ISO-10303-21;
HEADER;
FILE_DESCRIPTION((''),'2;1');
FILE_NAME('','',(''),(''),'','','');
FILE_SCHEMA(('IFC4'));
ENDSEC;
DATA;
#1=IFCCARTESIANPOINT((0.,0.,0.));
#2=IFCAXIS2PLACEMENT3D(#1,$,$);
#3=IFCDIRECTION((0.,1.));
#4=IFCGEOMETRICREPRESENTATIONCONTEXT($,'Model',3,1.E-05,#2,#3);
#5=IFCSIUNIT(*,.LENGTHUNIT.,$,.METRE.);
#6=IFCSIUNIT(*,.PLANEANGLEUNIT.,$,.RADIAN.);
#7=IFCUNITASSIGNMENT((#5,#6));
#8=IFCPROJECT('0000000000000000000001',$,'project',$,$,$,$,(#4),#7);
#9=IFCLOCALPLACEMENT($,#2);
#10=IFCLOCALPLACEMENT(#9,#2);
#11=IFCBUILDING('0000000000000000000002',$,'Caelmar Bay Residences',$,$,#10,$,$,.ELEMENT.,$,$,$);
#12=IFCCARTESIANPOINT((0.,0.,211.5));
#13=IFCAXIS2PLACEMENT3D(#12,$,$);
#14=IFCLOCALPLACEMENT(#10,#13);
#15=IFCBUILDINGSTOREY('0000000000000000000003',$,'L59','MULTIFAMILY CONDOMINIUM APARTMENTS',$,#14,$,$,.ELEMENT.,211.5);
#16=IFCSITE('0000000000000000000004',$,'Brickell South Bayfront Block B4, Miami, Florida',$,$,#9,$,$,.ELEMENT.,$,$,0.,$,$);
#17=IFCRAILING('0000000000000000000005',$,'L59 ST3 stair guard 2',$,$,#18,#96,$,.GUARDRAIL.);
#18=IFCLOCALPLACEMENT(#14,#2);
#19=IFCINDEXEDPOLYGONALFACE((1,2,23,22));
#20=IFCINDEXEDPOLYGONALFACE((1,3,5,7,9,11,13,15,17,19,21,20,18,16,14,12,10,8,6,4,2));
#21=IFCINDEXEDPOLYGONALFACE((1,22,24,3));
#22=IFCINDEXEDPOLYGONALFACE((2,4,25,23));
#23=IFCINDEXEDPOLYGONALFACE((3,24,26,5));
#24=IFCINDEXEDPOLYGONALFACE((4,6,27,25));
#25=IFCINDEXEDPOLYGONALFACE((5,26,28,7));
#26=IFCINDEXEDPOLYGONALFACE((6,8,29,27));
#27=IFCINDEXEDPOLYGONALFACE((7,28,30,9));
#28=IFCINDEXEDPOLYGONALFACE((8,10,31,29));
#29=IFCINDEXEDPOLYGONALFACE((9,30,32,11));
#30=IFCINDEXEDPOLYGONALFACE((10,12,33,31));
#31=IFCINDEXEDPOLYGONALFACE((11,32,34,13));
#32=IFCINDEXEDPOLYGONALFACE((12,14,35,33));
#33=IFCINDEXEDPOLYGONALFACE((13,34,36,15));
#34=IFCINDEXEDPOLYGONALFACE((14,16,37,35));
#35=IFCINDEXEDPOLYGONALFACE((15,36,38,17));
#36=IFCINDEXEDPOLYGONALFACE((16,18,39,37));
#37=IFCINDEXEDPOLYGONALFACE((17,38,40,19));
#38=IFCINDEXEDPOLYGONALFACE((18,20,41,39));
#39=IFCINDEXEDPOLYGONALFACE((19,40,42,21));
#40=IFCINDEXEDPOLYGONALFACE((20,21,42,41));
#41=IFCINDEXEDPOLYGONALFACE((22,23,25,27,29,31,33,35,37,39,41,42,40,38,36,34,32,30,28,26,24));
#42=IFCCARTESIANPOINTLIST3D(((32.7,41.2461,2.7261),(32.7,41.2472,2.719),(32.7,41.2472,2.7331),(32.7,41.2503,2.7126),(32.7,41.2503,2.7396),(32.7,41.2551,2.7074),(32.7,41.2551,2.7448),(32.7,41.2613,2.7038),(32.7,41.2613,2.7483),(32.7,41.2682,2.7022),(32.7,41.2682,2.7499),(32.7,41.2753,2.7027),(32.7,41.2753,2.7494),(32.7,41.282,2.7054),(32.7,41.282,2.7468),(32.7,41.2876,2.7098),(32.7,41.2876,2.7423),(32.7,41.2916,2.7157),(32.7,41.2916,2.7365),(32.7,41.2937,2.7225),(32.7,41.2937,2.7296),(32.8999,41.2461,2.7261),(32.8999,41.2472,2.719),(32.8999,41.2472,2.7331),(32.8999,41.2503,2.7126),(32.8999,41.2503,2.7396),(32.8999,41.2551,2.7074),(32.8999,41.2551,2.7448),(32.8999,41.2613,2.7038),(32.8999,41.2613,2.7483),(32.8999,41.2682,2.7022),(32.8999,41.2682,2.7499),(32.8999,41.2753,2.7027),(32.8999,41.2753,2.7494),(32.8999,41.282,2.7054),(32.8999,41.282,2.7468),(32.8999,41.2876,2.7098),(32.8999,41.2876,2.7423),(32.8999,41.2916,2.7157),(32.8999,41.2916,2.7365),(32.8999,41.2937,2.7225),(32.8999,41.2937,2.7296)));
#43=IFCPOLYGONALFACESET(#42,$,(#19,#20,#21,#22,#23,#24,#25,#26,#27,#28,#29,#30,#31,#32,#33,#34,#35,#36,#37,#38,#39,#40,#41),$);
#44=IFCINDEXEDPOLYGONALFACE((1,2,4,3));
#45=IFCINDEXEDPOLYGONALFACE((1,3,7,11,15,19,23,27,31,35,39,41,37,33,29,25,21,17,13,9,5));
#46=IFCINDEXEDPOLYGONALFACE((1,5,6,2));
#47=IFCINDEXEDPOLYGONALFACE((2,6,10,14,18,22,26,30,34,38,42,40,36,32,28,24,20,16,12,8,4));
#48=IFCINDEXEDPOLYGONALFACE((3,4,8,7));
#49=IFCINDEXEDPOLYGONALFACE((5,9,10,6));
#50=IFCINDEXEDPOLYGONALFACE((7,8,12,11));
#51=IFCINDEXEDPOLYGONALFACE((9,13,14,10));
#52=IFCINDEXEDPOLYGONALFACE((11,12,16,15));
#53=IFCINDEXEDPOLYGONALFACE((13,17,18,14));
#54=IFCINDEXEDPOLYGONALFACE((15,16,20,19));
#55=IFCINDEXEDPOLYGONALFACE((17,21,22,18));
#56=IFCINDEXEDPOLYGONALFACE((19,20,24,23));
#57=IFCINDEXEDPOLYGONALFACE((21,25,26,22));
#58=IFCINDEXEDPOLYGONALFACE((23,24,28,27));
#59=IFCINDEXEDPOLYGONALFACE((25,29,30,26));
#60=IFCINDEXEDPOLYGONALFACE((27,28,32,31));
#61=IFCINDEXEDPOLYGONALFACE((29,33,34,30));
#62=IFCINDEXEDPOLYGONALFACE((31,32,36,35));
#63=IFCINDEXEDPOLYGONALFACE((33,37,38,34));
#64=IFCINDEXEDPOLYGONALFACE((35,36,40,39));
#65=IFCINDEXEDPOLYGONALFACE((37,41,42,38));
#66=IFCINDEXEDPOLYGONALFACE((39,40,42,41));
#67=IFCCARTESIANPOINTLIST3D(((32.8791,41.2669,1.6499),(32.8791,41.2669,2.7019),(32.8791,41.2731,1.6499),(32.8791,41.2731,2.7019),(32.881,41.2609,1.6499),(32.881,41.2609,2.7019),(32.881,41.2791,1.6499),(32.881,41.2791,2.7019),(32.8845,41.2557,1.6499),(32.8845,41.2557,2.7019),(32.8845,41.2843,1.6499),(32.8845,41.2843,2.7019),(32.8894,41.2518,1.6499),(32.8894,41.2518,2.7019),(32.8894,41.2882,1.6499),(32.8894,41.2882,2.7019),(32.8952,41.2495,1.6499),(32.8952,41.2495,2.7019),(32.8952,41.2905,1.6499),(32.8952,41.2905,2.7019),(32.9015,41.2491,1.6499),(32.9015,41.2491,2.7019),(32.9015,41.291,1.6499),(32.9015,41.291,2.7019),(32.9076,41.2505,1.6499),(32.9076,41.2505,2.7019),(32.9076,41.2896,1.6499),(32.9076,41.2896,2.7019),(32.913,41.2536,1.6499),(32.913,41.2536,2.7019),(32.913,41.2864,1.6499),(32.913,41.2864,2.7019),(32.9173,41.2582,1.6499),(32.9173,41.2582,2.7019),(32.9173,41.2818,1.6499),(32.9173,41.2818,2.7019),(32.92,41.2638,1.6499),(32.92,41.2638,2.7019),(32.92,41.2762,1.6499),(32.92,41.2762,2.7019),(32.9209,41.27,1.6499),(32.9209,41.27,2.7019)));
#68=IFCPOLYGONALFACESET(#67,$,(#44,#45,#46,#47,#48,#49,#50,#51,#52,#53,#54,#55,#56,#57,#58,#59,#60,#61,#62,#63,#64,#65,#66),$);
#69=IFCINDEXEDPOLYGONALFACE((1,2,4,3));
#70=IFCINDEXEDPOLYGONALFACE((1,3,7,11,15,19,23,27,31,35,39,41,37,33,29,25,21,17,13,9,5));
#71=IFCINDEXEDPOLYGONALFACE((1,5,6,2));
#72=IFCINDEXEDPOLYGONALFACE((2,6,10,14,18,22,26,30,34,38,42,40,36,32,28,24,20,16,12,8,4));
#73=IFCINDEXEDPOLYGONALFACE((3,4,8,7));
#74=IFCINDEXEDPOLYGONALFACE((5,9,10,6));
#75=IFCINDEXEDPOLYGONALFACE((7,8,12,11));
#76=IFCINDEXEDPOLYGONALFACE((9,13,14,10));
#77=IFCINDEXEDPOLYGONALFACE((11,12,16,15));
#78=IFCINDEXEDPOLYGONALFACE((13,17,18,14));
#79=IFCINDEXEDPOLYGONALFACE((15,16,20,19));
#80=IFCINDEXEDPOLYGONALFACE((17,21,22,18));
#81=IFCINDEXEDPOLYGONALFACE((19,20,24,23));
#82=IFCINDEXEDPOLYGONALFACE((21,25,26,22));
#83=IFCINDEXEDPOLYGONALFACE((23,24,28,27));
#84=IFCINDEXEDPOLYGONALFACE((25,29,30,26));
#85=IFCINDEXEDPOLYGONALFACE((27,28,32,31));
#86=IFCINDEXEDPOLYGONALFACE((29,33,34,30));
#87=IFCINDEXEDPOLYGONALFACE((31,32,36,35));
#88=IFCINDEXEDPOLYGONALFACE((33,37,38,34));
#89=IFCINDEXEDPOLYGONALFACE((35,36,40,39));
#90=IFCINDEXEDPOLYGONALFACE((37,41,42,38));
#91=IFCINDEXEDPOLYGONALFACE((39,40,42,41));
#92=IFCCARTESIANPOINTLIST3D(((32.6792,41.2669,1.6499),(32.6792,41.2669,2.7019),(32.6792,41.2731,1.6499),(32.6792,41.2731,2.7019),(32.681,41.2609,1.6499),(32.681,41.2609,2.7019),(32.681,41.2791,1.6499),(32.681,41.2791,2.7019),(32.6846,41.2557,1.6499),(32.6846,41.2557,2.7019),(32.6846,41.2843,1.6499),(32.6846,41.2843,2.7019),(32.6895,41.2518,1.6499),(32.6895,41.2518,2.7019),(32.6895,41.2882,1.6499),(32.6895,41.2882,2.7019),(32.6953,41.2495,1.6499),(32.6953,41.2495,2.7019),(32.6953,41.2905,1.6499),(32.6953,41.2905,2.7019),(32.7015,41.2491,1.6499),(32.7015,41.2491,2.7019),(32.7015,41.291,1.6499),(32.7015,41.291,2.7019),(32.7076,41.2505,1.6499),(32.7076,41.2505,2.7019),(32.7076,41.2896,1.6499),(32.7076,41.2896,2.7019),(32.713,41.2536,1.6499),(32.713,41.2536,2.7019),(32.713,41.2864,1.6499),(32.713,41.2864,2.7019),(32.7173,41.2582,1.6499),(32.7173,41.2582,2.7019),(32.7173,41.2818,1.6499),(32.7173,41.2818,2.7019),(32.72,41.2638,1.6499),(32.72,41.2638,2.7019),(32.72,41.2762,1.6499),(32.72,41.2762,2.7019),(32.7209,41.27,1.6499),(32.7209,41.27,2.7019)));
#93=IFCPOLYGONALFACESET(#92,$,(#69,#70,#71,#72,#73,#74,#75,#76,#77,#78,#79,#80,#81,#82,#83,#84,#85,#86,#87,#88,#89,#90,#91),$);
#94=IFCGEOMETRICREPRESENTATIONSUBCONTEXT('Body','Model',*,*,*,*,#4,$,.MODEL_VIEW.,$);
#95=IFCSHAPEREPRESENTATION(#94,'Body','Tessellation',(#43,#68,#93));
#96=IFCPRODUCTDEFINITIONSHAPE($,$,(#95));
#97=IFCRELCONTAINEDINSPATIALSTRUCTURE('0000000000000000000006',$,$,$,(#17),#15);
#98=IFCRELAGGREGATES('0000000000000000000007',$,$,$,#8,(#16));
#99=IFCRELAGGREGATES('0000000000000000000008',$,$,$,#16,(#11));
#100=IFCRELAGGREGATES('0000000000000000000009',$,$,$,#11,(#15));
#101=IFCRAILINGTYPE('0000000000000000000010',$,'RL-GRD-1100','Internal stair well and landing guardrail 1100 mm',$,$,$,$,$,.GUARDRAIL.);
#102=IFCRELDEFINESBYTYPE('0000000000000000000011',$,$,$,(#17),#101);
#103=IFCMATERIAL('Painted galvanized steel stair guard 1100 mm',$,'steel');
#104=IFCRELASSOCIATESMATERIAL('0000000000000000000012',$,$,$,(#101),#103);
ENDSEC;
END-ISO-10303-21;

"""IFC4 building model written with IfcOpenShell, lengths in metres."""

from ifc_helpers import new_model, si_unit, direction, frame, origin, origin_2d, place, context, subcontext, project, spatial, circle, extrude, material, type_object, element, save


model = new_model("IFC4")

# Units and contexts
model_context = context("Model", 3, precision=1e-05, world=origin(), true_north=direction((0.0, 1.0)))
body_context = subcontext(model_context, "Body", "Model", "MODEL_VIEW")
ifc_project = project(units=[si_unit("LENGTHUNIT", "METRE"), si_unit("PLANEANGLEUNIT", "RADIAN")], contexts=[model_context])

# Site, building, storey
site_placement = place(None, origin())
site = spatial("IfcSite", under=ifc_project, at=site_placement, Name="Brickell South Bayfront Block B4, Miami, Florida", CompositionType="ELEMENT", RefElevation=0.0)
building_placement = place(site_placement, origin())
building = spatial("IfcBuilding", under=site, at=building_placement, Name="Caelmar Bay Residences", CompositionType="ELEMENT")
storey_placement = place(building_placement, frame((0.0, 0.0, 211.5)))
storey = spatial("IfcBuildingStorey", under=building, at=storey_placement, Name="L59", Description="MULTIFAMILY CONDOMINIUM APARTMENTS", CompositionType="ELEMENT", Elevation=211.5)

# Railing
ifc_material_1 = material(Name="Painted galvanized steel stair guard 1100 mm", Category="steel")
railing_type_1 = type_object("IfcRailingType", Name="RL-GRD-1100", Description="Internal stair well and landing guardrail 1100 mm", PredefinedType="GUARDRAIL", material=ifc_material_1)
railing_1_placement = place(storey_placement, frame((32.8999, 41.27, 1.6499)))
element("IfcRailing", 1, at=railing_1_placement, inside=storey, type_object=railing_type_1, Name="L59 ST3 stair guard 2", PredefinedType="GUARDRAIL", context=body_context, shape_type="SweptSolid", body=[
    extrude(circle(Radius=0.0239, at=origin_2d()), frame((0.0, 0.0, 1.0762), z_axis=(-1.0, 0.0, 0.0), x_axis=(0.0, -1.0, 0.0)), (0.0, 0.0, 1.0), 0.2),
    extrude(circle(Radius=0.021, at=origin_2d()), origin(), (0.0, 0.0, 1.0), 1.052),
    extrude(circle(Radius=0.021, at=origin_2d()), frame((-0.2, 0.0, 0.0)), (0.0, 0.0, 1.0), 1.052),
])

save(model, "model.ifc")
